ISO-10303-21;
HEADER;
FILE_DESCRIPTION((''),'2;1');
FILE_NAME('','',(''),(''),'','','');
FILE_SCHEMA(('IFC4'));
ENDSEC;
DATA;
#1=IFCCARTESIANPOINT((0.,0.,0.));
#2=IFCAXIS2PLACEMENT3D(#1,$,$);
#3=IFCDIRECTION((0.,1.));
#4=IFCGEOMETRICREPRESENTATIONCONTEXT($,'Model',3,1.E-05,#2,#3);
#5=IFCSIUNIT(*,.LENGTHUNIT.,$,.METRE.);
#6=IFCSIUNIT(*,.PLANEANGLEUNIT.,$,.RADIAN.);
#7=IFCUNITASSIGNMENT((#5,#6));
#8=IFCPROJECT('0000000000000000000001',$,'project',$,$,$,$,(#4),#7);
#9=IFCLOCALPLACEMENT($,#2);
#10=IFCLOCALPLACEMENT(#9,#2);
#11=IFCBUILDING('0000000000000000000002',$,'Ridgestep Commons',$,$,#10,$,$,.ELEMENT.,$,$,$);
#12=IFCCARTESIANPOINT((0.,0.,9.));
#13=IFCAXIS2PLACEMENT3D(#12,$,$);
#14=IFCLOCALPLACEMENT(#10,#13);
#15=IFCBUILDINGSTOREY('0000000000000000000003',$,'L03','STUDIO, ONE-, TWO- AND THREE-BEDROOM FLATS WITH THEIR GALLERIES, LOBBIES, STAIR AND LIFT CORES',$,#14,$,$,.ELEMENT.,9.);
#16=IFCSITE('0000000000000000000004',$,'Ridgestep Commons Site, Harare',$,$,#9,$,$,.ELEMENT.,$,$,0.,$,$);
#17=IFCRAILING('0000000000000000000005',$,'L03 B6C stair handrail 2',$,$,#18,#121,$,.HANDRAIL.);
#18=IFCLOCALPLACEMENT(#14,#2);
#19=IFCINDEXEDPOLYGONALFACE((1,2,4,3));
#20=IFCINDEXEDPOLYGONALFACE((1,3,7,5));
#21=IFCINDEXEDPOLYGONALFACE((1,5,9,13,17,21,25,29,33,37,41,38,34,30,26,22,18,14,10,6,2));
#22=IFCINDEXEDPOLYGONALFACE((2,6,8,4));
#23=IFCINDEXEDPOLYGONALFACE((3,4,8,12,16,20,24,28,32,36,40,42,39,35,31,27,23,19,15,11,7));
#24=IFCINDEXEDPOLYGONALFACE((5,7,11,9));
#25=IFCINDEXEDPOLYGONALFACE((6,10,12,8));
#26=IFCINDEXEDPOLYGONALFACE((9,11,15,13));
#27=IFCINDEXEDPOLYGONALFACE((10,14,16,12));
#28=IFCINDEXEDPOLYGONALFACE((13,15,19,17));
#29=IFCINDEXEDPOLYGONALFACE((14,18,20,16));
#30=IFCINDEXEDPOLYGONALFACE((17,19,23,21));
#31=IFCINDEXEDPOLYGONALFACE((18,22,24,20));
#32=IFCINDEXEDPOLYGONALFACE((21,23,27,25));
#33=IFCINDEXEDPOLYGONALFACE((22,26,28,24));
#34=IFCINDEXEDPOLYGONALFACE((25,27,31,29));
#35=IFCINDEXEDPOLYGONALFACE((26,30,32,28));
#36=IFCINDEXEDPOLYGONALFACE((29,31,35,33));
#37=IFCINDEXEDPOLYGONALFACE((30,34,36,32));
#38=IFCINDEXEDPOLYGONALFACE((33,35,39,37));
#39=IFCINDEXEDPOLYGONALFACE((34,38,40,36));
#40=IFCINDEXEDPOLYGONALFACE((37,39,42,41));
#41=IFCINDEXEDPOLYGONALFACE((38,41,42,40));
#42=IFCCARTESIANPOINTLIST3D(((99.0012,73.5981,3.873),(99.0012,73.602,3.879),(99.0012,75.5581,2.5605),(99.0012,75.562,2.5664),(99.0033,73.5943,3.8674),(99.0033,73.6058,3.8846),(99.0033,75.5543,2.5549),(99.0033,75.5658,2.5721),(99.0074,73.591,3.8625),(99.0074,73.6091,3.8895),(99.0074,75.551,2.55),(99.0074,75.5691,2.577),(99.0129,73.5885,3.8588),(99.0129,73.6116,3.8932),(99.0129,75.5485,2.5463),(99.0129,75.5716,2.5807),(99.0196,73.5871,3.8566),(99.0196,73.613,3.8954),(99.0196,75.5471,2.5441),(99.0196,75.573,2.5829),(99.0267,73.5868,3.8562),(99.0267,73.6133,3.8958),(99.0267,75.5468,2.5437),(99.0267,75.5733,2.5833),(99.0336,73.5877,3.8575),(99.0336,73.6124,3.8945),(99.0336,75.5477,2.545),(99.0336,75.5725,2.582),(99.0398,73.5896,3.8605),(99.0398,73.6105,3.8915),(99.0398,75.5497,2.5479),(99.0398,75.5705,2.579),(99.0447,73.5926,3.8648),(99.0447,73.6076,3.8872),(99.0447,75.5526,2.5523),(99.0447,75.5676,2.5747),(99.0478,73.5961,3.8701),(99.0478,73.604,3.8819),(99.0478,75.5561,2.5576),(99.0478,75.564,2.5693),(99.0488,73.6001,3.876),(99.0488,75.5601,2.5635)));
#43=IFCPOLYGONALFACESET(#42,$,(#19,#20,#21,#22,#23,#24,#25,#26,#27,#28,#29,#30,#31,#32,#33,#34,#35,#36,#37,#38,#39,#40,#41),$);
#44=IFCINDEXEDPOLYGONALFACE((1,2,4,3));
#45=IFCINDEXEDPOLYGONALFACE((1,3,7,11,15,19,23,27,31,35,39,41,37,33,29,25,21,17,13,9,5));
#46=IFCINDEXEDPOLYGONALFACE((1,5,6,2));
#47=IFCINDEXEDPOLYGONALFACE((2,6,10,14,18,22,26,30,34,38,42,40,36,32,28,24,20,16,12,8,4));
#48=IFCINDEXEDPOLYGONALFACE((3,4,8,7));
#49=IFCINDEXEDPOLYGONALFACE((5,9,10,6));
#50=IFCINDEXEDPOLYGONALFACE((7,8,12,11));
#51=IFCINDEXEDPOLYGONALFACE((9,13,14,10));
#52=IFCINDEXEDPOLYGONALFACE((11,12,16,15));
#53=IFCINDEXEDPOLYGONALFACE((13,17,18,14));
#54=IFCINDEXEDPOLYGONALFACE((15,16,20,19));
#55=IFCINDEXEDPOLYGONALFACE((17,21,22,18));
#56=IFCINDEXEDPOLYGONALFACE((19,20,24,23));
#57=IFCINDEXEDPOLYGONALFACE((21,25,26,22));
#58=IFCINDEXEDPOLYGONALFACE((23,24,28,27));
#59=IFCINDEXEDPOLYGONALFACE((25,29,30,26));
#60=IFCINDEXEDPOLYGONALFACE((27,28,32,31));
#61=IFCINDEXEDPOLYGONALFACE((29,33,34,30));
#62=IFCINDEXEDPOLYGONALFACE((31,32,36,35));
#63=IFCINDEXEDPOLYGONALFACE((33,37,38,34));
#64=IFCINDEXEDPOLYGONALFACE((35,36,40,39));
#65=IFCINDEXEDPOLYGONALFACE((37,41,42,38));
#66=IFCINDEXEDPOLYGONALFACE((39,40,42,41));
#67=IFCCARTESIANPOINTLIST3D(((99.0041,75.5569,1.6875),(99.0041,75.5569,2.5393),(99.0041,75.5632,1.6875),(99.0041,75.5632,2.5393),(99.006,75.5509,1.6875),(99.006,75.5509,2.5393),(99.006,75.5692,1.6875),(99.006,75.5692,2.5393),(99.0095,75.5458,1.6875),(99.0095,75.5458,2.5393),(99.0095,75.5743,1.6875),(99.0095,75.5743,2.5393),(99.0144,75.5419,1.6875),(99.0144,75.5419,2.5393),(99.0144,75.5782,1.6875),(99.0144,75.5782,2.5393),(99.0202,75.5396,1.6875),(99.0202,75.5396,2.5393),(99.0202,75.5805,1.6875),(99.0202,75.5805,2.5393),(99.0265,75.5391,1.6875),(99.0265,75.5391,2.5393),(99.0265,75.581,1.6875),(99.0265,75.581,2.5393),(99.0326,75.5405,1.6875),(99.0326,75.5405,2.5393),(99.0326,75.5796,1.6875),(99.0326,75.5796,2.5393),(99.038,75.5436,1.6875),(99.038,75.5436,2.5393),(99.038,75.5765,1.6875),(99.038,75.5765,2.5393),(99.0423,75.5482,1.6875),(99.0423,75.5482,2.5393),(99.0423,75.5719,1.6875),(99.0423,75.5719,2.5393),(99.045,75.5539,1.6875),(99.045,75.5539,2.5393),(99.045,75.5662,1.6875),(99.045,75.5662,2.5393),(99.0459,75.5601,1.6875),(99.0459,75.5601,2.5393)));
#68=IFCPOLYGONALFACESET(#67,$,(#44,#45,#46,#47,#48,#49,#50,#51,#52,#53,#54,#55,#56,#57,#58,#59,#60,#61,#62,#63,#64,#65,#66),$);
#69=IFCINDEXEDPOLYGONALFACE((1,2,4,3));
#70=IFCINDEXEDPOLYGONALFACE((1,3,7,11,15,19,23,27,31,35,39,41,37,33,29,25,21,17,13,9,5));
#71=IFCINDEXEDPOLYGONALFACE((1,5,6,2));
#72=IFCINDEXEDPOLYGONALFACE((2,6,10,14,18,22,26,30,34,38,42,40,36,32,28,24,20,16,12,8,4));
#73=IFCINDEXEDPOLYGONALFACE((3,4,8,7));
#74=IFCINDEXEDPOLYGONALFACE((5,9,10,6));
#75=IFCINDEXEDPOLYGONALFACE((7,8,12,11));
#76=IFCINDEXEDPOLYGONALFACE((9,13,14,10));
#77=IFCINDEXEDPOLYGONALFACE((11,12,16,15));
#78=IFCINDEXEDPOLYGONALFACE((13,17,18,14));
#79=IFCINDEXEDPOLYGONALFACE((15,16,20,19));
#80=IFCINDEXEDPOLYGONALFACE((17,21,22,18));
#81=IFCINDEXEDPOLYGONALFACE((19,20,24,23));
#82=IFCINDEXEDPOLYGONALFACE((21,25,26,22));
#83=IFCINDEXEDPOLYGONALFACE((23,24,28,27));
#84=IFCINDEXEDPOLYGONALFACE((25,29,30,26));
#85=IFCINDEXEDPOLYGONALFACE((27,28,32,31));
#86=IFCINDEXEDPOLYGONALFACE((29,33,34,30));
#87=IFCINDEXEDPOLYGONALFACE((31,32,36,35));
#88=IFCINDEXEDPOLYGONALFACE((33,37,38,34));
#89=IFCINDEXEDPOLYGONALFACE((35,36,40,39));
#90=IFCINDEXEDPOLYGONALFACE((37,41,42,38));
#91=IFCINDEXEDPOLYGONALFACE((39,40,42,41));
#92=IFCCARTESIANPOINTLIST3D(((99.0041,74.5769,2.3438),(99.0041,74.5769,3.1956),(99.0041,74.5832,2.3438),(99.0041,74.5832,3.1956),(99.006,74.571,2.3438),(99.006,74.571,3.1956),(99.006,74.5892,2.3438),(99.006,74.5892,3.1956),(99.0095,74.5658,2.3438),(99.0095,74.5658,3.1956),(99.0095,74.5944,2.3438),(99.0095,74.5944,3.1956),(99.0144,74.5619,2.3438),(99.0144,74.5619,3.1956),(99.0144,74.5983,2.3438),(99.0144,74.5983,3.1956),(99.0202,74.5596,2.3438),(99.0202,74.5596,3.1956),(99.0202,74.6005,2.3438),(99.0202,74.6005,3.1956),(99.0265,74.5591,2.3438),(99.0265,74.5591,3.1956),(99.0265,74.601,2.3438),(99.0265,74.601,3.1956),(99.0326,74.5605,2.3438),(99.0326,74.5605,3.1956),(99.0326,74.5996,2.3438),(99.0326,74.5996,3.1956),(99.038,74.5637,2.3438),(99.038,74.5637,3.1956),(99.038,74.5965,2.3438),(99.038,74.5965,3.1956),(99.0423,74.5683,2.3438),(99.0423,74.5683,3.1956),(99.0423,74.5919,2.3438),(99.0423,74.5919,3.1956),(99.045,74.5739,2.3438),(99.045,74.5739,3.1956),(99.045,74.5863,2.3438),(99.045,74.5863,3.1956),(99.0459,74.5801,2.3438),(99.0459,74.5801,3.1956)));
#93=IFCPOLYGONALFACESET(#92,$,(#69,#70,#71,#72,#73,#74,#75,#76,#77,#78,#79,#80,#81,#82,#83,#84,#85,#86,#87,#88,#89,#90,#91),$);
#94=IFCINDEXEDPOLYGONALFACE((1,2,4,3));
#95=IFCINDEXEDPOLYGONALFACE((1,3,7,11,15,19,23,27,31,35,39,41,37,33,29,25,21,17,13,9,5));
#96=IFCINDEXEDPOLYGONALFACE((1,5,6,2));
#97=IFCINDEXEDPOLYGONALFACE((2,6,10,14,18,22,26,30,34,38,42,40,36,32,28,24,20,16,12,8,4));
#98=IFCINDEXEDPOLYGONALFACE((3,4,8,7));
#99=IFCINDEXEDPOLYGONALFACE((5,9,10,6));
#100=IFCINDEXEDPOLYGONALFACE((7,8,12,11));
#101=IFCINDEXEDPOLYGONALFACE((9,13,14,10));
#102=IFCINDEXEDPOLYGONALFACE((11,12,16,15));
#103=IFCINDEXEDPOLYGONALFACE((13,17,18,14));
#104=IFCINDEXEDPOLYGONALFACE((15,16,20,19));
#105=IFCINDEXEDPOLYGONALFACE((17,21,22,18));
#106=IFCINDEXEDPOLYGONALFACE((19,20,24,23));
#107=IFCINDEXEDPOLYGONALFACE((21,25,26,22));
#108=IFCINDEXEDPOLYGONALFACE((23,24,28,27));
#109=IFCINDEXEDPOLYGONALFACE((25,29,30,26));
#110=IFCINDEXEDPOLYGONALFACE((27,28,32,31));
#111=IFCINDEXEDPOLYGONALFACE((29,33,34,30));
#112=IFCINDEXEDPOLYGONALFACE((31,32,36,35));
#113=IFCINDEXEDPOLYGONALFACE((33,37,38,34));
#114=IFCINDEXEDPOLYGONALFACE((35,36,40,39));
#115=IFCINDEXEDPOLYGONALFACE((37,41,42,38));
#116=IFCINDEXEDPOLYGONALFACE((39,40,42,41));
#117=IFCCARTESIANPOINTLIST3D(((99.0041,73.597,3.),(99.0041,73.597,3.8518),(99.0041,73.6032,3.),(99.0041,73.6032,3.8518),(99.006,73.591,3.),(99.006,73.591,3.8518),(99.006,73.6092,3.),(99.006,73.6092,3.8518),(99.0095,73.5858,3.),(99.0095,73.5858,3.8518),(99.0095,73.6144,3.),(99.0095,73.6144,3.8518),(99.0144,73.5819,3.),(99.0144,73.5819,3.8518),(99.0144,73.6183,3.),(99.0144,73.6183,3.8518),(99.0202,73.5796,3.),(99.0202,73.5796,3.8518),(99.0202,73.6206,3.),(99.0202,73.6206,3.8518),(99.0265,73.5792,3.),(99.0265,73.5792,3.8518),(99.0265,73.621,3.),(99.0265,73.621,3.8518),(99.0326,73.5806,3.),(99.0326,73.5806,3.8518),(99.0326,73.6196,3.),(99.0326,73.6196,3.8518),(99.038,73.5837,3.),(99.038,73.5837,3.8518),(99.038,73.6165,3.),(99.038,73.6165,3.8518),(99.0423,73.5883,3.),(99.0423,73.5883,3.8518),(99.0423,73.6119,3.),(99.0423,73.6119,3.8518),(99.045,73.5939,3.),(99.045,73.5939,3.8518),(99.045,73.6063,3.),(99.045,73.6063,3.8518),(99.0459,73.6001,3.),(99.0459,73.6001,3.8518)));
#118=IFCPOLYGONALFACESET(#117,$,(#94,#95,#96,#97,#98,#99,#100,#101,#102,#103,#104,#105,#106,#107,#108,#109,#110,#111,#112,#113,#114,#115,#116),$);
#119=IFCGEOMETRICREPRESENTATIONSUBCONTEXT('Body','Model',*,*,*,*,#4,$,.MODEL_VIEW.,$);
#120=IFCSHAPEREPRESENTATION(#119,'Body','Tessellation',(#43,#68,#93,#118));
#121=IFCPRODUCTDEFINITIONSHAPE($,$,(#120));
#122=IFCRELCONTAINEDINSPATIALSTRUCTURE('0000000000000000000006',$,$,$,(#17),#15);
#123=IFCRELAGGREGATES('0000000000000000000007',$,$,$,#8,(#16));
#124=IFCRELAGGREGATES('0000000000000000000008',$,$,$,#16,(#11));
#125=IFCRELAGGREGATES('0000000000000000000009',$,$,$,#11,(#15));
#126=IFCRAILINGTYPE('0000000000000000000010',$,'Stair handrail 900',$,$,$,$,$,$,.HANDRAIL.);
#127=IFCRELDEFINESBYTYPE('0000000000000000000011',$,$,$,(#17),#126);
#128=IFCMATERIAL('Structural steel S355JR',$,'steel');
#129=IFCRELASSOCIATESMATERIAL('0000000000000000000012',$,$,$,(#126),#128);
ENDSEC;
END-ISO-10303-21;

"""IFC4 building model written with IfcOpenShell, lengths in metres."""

from ifc_helpers import new_model, si_unit, direction, frame, origin, origin_2d, place, context, subcontext, project, spatial, circle, extrude, material, type_object, element, save


model = new_model("IFC4")

# Units and contexts
model_context = context("Model", 3, precision=1e-05, world=origin(), true_north=direction((0.0, 1.0)))
body_context = subcontext(model_context, "Body", "Model", "MODEL_VIEW")
ifc_project = project(units=[si_unit("LENGTHUNIT", "METRE"), si_unit("PLANEANGLEUNIT", "RADIAN")], contexts=[model_context])

# Site, building, storey
site_placement = place(None, origin())
site = spatial("IfcSite", under=ifc_project, at=site_placement, Name="Ridgestep Commons Site, Harare", CompositionType="ELEMENT", RefElevation=0.0)
building_placement = place(site_placement, origin())
building = spatial("IfcBuilding", under=site, at=building_placement, Name="Ridgestep Commons", CompositionType="ELEMENT")
storey_placement = place(building_placement, frame((0.0, 0.0, 9.0)))
storey = spatial("IfcBuildingStorey", under=building, at=storey_placement, Name="L03", Description="STUDIO, ONE-, TWO- AND THREE-BEDROOM FLATS WITH THEIR GALLERIES, LOBBIES, STAIR AND LIFT CORES", CompositionType="ELEMENT", Elevation=9.0)

# Railing
ifc_material_1 = material(Name="Structural steel S355JR", Category="steel")
railing_type_1 = type_object("IfcRailingType", Name="Stair handrail 900", PredefinedType="HANDRAIL", material=ifc_material_1)
railing_1_placement = place(storey_placement, frame((99.0249, 75.5601, 1.6875)))
element("IfcRailing", 1, at=railing_1_placement, inside=storey, type_object=railing_type_1, Name="L03 B6C stair handrail 2", PredefinedType="HANDRAIL", context=body_context, shape_type="SweptSolid", body=[
    extrude(circle(Radius=0.0239, at=origin_2d()), frame((0.0, 0.0, 0.876), z_axis=(0.0, -0.830902, 0.556419), x_axis=(1.0, 0.0, 0.0)), (0.0, 0.0, 1.0), 2.3589),
    extrude(circle(Radius=0.021, at=origin_2d()), origin(), (0.0, 0.0, 1.0), 0.8518),
    extrude(circle(Radius=0.021, at=origin_2d()), frame((0.0, -0.98, 0.6562)), (0.0, 0.0, 1.0), 0.8518),
    extrude(circle(Radius=0.021, at=origin_2d()), frame((0.0, -1.96, 1.3125)), (0.0, 0.0, 1.0), 0.8518),
])

save(model, "model.ifc")
